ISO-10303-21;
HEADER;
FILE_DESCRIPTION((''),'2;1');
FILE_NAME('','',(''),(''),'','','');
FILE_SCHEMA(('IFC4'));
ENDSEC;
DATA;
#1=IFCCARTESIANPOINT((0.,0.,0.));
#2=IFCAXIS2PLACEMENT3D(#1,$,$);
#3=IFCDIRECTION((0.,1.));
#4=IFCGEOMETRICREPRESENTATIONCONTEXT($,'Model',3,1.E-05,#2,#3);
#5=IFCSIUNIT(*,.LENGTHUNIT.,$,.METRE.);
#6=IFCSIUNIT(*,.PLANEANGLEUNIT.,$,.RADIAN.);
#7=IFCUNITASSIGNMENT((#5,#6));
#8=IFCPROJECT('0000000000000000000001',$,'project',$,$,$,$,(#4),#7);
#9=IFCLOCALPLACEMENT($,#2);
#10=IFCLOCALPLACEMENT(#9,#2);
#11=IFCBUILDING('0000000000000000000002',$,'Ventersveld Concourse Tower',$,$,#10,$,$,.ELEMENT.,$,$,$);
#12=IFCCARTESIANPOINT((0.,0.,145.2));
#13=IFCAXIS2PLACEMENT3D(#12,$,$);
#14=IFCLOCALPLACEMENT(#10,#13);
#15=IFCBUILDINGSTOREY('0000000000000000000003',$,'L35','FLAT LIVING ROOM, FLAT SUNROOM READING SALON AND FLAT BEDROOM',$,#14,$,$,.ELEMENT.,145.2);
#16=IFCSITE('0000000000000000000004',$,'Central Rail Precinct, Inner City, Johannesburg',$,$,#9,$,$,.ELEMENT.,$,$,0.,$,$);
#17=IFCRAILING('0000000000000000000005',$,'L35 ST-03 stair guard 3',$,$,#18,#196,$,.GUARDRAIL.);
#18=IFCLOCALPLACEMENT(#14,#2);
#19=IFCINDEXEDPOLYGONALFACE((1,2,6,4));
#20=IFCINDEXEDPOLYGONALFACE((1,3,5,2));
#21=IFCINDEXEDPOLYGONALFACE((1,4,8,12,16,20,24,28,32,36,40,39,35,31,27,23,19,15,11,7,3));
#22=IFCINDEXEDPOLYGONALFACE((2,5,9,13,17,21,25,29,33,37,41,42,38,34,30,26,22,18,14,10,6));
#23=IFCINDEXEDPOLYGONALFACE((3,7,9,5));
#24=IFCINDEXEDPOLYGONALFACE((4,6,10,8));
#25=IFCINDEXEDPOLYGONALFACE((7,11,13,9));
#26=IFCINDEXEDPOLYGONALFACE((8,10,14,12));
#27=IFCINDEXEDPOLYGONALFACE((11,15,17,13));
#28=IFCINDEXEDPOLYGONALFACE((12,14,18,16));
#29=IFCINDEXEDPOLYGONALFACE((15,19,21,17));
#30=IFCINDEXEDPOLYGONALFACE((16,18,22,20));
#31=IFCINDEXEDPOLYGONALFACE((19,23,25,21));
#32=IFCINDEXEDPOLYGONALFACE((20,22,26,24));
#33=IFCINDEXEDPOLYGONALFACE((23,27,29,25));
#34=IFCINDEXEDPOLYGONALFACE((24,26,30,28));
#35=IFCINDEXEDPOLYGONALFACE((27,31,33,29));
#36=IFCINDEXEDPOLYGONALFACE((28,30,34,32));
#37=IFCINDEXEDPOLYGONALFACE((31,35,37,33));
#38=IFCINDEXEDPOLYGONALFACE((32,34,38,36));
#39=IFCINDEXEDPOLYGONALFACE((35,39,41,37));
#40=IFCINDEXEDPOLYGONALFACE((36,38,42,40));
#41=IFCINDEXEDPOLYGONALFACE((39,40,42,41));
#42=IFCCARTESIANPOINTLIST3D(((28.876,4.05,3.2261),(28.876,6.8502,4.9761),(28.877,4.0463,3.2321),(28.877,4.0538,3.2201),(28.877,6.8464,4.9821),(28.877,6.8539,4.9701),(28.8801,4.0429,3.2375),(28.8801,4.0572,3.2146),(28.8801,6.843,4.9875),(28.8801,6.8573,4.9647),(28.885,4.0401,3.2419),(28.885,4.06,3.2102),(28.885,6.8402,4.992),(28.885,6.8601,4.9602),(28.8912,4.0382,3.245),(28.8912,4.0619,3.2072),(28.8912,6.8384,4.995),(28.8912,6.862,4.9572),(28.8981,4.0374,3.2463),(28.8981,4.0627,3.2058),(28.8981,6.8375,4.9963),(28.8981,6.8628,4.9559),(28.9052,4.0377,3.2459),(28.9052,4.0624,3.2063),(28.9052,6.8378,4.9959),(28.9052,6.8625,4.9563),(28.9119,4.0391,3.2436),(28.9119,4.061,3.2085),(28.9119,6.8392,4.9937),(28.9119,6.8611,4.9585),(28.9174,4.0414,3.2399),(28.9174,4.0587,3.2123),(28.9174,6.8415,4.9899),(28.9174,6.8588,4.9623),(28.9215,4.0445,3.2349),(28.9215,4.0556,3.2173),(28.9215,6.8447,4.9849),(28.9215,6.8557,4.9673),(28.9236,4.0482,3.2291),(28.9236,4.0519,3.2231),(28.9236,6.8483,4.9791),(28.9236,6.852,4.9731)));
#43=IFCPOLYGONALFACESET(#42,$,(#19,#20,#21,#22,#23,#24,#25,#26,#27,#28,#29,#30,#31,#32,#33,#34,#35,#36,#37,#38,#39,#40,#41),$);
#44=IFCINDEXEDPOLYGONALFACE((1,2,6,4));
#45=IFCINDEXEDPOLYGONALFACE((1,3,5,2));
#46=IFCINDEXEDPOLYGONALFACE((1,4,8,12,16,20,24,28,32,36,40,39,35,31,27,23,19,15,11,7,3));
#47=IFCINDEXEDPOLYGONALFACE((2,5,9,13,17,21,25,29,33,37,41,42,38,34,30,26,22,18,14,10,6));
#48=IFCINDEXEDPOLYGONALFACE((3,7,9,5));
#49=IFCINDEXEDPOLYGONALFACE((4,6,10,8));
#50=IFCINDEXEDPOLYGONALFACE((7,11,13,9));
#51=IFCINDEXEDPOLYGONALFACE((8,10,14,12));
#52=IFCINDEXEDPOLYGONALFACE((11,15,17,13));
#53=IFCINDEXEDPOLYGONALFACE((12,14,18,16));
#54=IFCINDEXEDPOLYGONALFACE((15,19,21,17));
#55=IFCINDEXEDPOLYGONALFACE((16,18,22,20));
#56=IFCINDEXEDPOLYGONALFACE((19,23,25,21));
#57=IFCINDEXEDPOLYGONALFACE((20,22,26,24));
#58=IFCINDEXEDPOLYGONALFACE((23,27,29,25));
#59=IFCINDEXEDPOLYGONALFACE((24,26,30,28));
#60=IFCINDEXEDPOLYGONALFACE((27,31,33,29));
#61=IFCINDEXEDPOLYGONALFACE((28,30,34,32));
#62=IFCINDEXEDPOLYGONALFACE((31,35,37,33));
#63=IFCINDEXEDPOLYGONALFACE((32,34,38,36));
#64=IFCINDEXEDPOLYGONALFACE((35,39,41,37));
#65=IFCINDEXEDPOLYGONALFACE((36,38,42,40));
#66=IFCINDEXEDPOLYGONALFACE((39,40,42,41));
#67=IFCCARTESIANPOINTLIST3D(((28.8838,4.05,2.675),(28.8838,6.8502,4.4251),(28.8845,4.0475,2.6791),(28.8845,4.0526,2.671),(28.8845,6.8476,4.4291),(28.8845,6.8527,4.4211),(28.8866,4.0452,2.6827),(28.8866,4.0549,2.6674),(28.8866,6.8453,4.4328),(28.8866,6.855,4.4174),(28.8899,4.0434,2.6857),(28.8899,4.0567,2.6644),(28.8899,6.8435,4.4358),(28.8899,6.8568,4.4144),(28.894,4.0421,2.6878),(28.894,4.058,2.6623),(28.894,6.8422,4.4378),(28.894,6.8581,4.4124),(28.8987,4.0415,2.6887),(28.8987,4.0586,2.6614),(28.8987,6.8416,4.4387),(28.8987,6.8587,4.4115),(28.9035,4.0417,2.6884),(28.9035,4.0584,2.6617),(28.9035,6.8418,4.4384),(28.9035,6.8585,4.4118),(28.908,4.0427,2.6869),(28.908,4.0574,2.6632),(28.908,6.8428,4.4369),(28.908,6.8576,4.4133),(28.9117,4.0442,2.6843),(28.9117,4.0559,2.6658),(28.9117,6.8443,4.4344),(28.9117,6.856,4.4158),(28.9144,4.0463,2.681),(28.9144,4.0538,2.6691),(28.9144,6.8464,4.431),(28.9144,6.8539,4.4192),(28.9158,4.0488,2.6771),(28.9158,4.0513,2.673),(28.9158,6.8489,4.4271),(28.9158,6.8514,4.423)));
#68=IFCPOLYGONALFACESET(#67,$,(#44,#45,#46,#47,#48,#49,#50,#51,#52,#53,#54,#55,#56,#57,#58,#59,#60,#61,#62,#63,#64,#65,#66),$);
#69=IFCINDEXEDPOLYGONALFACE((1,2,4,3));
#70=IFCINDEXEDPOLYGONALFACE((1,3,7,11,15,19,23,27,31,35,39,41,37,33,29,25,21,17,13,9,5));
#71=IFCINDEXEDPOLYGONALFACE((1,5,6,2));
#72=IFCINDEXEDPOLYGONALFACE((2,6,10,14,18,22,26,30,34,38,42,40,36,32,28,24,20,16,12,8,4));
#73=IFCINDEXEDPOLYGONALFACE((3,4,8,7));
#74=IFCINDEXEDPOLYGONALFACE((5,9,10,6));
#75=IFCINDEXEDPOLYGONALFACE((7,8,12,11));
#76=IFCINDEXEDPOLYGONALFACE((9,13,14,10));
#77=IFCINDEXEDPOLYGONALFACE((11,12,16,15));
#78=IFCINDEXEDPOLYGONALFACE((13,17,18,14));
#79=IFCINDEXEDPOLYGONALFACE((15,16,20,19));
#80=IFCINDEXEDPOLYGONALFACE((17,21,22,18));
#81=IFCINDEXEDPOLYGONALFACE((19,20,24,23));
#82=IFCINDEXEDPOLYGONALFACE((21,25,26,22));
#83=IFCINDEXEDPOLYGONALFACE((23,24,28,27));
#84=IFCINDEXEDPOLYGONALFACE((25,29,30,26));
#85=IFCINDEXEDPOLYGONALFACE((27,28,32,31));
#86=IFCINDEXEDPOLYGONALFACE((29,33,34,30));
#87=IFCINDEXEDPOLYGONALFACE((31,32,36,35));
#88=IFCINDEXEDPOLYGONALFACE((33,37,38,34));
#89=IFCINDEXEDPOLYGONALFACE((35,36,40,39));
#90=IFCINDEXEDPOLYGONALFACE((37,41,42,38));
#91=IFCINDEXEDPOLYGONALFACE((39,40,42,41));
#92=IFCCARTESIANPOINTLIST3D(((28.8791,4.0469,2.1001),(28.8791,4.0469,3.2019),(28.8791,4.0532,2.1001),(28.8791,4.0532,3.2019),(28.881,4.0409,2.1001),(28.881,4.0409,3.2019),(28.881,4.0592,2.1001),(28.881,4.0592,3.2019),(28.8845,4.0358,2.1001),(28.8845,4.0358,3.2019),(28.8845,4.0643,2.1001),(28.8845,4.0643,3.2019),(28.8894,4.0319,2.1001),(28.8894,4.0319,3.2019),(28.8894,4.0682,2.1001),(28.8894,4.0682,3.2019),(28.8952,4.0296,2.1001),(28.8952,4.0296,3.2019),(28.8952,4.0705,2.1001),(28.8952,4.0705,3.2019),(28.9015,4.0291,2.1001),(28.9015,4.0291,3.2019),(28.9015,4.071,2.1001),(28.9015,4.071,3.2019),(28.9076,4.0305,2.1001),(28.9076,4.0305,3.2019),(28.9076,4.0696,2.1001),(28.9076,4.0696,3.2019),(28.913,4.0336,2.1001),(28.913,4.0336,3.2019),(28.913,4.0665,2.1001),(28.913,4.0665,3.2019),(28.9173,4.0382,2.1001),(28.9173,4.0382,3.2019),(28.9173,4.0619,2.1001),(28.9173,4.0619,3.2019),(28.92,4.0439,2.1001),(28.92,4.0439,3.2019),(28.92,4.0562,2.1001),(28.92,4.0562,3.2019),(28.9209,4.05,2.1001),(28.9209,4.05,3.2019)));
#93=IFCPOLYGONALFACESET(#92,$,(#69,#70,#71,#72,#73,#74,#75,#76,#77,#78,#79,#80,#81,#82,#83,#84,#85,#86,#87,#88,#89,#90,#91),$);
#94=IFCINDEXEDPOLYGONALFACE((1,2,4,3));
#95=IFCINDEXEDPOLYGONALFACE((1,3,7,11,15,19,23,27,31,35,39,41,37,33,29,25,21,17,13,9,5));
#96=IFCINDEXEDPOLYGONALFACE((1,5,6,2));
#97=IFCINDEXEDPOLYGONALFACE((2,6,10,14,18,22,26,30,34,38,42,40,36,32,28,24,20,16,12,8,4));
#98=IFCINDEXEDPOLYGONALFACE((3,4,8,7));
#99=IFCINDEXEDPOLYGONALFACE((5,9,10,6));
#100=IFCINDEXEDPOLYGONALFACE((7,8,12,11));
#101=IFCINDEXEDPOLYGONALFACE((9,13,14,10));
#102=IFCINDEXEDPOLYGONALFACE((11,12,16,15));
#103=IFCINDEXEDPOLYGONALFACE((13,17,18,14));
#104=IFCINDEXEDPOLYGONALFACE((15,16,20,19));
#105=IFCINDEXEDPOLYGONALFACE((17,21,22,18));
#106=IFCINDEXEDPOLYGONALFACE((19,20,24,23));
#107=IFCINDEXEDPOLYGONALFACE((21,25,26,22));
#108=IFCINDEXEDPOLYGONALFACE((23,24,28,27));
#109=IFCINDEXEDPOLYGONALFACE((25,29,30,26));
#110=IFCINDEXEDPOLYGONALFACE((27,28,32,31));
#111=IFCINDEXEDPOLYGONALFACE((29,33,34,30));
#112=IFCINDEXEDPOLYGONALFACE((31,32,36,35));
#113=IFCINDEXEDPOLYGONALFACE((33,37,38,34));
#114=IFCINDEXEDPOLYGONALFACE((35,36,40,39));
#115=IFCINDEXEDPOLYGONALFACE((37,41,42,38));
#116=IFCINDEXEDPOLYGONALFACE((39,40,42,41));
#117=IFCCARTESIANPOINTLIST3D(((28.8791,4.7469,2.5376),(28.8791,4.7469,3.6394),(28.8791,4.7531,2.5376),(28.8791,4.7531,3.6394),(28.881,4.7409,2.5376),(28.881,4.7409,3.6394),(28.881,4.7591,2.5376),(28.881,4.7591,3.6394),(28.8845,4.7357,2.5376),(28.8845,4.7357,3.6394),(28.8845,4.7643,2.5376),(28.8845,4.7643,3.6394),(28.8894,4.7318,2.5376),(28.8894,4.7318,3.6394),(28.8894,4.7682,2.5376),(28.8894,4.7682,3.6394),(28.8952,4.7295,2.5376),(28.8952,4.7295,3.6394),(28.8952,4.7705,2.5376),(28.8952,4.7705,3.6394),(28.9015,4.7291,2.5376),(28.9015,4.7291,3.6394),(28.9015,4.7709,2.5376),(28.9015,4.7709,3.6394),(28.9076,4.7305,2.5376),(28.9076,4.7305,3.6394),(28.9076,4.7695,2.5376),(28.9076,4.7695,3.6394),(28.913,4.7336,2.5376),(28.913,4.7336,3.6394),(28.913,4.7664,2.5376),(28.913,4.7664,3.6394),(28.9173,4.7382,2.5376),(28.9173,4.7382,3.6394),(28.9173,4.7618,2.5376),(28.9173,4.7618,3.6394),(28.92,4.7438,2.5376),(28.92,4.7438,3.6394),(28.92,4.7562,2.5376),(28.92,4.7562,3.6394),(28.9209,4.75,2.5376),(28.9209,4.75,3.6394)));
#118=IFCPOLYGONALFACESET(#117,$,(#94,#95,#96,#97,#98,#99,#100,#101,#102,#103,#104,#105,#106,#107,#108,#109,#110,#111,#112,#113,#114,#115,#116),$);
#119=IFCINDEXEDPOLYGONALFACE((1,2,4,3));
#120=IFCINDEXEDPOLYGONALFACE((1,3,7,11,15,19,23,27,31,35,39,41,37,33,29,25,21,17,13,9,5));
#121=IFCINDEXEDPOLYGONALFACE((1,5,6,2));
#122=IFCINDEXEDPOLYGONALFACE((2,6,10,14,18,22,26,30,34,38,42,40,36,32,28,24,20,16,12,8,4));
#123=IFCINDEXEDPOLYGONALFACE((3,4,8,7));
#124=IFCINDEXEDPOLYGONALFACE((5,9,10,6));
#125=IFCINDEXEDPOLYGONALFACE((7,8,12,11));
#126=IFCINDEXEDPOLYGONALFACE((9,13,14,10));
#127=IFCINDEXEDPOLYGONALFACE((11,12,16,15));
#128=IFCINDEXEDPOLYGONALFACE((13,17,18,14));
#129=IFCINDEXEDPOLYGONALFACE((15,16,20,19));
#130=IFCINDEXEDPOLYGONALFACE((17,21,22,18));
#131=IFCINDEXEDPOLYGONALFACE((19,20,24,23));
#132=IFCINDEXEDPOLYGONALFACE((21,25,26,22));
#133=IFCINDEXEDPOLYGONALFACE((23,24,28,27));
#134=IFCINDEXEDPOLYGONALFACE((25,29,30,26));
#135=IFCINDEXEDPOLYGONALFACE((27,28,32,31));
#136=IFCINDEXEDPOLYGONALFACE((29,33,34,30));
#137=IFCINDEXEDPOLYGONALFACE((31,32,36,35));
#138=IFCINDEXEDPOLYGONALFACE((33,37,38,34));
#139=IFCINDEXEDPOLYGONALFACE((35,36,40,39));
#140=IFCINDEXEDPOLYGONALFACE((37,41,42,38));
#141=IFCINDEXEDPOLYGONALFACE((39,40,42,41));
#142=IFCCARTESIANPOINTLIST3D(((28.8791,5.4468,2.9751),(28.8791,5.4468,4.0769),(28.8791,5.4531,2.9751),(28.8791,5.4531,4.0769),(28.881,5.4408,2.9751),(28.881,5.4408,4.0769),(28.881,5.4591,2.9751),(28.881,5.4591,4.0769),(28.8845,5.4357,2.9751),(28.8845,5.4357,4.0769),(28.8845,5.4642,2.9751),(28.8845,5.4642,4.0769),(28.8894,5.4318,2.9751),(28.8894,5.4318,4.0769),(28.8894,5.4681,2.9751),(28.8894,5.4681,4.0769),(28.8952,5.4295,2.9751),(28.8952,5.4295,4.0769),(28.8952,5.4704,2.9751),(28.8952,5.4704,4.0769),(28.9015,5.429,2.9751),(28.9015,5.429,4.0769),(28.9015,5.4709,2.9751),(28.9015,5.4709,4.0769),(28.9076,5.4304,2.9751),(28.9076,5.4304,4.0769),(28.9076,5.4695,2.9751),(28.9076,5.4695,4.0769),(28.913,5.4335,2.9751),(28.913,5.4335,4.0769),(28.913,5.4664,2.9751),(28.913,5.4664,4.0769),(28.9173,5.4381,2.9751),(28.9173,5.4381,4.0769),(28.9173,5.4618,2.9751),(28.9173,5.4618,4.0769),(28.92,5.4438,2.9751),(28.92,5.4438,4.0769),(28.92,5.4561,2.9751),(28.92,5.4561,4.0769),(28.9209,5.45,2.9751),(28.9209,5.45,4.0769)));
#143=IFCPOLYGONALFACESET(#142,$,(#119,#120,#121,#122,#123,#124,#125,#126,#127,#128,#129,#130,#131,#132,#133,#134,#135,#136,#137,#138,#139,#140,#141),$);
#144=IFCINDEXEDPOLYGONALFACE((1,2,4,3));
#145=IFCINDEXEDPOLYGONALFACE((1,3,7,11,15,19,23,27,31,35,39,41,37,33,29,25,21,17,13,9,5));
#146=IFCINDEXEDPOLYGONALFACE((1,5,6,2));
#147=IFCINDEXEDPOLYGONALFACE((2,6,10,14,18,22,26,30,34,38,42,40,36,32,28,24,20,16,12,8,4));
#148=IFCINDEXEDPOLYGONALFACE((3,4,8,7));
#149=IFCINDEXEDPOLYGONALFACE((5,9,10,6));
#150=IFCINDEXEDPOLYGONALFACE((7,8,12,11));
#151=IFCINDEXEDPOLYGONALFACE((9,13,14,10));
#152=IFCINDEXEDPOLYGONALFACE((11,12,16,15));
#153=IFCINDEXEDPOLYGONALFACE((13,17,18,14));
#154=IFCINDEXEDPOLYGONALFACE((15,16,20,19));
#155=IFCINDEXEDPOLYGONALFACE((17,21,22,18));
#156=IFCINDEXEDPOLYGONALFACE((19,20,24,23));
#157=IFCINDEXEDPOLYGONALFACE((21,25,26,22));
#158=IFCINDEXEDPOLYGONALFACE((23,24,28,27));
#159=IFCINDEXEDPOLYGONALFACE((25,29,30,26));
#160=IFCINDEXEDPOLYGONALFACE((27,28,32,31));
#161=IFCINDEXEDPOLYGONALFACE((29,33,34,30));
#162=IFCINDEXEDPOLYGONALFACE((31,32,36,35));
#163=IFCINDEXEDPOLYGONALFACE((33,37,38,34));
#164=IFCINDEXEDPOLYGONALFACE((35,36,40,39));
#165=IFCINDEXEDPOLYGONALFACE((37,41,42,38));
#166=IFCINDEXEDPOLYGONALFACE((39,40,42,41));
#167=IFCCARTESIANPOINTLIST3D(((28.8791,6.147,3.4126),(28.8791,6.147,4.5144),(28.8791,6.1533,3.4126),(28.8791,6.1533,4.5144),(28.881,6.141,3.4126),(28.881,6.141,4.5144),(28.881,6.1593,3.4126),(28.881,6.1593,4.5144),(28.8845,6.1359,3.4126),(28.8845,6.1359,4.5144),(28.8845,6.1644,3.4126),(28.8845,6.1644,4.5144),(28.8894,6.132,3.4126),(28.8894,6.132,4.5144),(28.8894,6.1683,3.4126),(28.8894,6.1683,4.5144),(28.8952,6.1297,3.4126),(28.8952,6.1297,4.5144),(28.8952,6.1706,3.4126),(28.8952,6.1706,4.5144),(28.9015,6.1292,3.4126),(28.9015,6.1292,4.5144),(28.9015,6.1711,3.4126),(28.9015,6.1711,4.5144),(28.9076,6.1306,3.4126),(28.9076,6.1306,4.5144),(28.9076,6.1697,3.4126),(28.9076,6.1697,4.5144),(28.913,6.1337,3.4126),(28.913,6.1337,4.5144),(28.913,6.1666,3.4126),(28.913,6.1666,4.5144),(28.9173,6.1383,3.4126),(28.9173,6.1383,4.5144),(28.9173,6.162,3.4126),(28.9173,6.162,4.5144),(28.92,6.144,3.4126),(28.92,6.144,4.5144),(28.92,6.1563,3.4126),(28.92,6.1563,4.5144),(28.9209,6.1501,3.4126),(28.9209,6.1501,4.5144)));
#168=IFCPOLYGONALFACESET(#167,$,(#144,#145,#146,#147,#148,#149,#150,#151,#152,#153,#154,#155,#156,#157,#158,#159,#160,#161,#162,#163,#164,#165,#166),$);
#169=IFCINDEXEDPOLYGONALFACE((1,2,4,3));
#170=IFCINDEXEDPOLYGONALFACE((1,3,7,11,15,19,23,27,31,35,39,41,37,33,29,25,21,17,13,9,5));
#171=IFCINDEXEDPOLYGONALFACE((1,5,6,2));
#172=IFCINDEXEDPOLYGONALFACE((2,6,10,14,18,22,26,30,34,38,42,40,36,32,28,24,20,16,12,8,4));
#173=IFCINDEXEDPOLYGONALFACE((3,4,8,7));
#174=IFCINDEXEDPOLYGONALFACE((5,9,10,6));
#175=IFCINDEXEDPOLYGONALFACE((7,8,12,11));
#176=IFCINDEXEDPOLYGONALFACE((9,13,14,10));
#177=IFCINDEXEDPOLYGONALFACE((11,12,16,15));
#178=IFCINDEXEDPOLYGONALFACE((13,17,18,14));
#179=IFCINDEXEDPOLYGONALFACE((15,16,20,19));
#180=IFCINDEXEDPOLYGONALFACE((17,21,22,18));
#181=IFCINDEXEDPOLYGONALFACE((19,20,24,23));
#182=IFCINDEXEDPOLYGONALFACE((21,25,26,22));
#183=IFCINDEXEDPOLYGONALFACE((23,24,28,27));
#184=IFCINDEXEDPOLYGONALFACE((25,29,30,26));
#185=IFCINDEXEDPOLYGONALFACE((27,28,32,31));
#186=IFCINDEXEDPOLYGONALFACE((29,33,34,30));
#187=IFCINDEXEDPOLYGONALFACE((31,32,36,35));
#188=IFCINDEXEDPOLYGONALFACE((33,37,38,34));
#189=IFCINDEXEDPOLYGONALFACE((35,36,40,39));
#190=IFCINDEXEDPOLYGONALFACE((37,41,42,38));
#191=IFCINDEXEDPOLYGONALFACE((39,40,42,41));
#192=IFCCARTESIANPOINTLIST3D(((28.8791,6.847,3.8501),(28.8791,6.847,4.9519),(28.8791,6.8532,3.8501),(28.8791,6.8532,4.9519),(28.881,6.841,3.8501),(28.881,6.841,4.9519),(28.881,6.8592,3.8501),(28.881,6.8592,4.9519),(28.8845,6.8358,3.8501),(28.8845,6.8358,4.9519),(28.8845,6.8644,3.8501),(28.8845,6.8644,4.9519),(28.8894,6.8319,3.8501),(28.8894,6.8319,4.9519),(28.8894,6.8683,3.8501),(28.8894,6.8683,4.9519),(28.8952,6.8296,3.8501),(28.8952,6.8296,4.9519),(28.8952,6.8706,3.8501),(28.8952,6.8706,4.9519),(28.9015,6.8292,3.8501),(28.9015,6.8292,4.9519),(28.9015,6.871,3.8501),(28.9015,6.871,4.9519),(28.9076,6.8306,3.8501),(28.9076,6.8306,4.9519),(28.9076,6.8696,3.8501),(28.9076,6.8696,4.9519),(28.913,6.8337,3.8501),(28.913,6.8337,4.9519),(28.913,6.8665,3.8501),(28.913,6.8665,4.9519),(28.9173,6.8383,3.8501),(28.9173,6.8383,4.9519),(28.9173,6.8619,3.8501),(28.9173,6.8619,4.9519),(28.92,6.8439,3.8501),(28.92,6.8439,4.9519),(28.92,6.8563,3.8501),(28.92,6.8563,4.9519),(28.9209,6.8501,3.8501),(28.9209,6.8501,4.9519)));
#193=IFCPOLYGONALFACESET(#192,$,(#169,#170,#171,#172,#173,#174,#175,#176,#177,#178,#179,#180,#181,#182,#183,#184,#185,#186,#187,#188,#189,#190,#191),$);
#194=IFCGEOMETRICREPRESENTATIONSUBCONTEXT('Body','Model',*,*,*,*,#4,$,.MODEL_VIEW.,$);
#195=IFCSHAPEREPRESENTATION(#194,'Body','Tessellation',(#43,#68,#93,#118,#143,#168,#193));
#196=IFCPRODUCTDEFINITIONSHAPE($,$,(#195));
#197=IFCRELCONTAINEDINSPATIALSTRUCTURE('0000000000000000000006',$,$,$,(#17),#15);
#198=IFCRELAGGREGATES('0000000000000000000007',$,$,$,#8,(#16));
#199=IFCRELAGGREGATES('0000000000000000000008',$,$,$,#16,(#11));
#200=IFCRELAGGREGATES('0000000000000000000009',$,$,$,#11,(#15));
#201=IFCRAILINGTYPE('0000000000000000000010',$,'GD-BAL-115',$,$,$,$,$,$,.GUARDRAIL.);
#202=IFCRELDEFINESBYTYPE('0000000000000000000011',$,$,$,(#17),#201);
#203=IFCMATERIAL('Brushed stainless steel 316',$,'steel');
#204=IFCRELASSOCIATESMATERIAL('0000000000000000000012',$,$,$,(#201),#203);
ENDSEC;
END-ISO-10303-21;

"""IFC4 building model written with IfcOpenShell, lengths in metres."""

from ifc_helpers import new_model, si_unit, direction, frame, origin, origin_2d, place, context, subcontext, project, spatial, circle, extrude, material, type_object, element, save


model = new_model("IFC4")

# Units and contexts
model_context = context("Model", 3, precision=1e-05, world=origin(), true_north=direction((0.0, 1.0)))
body_context = subcontext(model_context, "Body", "Model", "MODEL_VIEW")
ifc_project = project(units=[si_unit("LENGTHUNIT", "METRE"), si_unit("PLANEANGLEUNIT", "RADIAN")], contexts=[model_context])

# Site, building, storey
site_placement = place(None, origin())
site = spatial("IfcSite", under=ifc_project, at=site_placement, Name="Central Rail Precinct, Inner City, Johannesburg", CompositionType="ELEMENT", RefElevation=0.0)
building_placement = place(site_placement, origin())
building = spatial("IfcBuilding", under=site, at=building_placement, Name="Ventersveld Concourse Tower", CompositionType="ELEMENT")
storey_placement = place(building_placement, frame((0.0, 0.0, 145.2)))
storey = spatial("IfcBuildingStorey", under=building, at=storey_placement, Name="L35", Description="FLAT LIVING ROOM, FLAT SUNROOM READING SALON AND FLAT BEDROOM", CompositionType="ELEMENT", Elevation=145.2)

# Shared definitions
ifc_material_1 = material(Name="Brushed stainless steel 316", Category="steel")

# Railing
railing_type_1 = type_object("IfcRailingType", Name="GD-BAL-115", PredefinedType="GUARDRAIL", material=ifc_material_1)
railing_1_placement = place(storey_placement, frame((28.8999, 4.05, 2.1001)))
element("IfcRailing", 1, at=railing_1_placement, inside=storey, type_object=railing_type_1, Name="L35 ST-03 stair guard 3", PredefinedType="GUARDRAIL", context=body_context, shape_type="SweptSolid", body=[
    extrude(circle(Radius=0.0239, at=origin_2d()), frame((0.0, 0.0, 1.126), z_axis=(0.0, 0.848002, 0.529992), x_axis=(-1.0, 0.0, 0.0)), (0.0, 0.0, 1.0), 3.302),
    extrude(circle(Radius=0.0161, at=origin_2d()), frame((0.0, 0.0, 0.575), z_axis=(0.0, 0.848002, 0.529992), x_axis=(-1.0, 0.0, 0.0)), (0.0, 0.0, 1.0), 3.302),
    extrude(circle(Radius=0.021, at=origin_2d()), origin(), (0.0, 0.0, 1.0), 1.1018),
    extrude(circle(Radius=0.021, at=origin_2d()), frame((0.0, 0.7, 0.4375)), (0.0, 0.0, 1.0), 1.1018),
    extrude(circle(Radius=0.021, at=origin_2d()), frame((0.0, 1.3999, 0.875)), (0.0, 0.0, 1.0), 1.1018),
    extrude(circle(Radius=0.021, at=origin_2d()), frame((0.0, 2.1001, 1.3125)), (0.0, 0.0, 1.0), 1.1018),
    extrude(circle(Radius=0.021, at=origin_2d()), frame((0.0, 2.8, 1.75)), (0.0, 0.0, 1.0), 1.1018),
])

save(model, "model.ifc")
